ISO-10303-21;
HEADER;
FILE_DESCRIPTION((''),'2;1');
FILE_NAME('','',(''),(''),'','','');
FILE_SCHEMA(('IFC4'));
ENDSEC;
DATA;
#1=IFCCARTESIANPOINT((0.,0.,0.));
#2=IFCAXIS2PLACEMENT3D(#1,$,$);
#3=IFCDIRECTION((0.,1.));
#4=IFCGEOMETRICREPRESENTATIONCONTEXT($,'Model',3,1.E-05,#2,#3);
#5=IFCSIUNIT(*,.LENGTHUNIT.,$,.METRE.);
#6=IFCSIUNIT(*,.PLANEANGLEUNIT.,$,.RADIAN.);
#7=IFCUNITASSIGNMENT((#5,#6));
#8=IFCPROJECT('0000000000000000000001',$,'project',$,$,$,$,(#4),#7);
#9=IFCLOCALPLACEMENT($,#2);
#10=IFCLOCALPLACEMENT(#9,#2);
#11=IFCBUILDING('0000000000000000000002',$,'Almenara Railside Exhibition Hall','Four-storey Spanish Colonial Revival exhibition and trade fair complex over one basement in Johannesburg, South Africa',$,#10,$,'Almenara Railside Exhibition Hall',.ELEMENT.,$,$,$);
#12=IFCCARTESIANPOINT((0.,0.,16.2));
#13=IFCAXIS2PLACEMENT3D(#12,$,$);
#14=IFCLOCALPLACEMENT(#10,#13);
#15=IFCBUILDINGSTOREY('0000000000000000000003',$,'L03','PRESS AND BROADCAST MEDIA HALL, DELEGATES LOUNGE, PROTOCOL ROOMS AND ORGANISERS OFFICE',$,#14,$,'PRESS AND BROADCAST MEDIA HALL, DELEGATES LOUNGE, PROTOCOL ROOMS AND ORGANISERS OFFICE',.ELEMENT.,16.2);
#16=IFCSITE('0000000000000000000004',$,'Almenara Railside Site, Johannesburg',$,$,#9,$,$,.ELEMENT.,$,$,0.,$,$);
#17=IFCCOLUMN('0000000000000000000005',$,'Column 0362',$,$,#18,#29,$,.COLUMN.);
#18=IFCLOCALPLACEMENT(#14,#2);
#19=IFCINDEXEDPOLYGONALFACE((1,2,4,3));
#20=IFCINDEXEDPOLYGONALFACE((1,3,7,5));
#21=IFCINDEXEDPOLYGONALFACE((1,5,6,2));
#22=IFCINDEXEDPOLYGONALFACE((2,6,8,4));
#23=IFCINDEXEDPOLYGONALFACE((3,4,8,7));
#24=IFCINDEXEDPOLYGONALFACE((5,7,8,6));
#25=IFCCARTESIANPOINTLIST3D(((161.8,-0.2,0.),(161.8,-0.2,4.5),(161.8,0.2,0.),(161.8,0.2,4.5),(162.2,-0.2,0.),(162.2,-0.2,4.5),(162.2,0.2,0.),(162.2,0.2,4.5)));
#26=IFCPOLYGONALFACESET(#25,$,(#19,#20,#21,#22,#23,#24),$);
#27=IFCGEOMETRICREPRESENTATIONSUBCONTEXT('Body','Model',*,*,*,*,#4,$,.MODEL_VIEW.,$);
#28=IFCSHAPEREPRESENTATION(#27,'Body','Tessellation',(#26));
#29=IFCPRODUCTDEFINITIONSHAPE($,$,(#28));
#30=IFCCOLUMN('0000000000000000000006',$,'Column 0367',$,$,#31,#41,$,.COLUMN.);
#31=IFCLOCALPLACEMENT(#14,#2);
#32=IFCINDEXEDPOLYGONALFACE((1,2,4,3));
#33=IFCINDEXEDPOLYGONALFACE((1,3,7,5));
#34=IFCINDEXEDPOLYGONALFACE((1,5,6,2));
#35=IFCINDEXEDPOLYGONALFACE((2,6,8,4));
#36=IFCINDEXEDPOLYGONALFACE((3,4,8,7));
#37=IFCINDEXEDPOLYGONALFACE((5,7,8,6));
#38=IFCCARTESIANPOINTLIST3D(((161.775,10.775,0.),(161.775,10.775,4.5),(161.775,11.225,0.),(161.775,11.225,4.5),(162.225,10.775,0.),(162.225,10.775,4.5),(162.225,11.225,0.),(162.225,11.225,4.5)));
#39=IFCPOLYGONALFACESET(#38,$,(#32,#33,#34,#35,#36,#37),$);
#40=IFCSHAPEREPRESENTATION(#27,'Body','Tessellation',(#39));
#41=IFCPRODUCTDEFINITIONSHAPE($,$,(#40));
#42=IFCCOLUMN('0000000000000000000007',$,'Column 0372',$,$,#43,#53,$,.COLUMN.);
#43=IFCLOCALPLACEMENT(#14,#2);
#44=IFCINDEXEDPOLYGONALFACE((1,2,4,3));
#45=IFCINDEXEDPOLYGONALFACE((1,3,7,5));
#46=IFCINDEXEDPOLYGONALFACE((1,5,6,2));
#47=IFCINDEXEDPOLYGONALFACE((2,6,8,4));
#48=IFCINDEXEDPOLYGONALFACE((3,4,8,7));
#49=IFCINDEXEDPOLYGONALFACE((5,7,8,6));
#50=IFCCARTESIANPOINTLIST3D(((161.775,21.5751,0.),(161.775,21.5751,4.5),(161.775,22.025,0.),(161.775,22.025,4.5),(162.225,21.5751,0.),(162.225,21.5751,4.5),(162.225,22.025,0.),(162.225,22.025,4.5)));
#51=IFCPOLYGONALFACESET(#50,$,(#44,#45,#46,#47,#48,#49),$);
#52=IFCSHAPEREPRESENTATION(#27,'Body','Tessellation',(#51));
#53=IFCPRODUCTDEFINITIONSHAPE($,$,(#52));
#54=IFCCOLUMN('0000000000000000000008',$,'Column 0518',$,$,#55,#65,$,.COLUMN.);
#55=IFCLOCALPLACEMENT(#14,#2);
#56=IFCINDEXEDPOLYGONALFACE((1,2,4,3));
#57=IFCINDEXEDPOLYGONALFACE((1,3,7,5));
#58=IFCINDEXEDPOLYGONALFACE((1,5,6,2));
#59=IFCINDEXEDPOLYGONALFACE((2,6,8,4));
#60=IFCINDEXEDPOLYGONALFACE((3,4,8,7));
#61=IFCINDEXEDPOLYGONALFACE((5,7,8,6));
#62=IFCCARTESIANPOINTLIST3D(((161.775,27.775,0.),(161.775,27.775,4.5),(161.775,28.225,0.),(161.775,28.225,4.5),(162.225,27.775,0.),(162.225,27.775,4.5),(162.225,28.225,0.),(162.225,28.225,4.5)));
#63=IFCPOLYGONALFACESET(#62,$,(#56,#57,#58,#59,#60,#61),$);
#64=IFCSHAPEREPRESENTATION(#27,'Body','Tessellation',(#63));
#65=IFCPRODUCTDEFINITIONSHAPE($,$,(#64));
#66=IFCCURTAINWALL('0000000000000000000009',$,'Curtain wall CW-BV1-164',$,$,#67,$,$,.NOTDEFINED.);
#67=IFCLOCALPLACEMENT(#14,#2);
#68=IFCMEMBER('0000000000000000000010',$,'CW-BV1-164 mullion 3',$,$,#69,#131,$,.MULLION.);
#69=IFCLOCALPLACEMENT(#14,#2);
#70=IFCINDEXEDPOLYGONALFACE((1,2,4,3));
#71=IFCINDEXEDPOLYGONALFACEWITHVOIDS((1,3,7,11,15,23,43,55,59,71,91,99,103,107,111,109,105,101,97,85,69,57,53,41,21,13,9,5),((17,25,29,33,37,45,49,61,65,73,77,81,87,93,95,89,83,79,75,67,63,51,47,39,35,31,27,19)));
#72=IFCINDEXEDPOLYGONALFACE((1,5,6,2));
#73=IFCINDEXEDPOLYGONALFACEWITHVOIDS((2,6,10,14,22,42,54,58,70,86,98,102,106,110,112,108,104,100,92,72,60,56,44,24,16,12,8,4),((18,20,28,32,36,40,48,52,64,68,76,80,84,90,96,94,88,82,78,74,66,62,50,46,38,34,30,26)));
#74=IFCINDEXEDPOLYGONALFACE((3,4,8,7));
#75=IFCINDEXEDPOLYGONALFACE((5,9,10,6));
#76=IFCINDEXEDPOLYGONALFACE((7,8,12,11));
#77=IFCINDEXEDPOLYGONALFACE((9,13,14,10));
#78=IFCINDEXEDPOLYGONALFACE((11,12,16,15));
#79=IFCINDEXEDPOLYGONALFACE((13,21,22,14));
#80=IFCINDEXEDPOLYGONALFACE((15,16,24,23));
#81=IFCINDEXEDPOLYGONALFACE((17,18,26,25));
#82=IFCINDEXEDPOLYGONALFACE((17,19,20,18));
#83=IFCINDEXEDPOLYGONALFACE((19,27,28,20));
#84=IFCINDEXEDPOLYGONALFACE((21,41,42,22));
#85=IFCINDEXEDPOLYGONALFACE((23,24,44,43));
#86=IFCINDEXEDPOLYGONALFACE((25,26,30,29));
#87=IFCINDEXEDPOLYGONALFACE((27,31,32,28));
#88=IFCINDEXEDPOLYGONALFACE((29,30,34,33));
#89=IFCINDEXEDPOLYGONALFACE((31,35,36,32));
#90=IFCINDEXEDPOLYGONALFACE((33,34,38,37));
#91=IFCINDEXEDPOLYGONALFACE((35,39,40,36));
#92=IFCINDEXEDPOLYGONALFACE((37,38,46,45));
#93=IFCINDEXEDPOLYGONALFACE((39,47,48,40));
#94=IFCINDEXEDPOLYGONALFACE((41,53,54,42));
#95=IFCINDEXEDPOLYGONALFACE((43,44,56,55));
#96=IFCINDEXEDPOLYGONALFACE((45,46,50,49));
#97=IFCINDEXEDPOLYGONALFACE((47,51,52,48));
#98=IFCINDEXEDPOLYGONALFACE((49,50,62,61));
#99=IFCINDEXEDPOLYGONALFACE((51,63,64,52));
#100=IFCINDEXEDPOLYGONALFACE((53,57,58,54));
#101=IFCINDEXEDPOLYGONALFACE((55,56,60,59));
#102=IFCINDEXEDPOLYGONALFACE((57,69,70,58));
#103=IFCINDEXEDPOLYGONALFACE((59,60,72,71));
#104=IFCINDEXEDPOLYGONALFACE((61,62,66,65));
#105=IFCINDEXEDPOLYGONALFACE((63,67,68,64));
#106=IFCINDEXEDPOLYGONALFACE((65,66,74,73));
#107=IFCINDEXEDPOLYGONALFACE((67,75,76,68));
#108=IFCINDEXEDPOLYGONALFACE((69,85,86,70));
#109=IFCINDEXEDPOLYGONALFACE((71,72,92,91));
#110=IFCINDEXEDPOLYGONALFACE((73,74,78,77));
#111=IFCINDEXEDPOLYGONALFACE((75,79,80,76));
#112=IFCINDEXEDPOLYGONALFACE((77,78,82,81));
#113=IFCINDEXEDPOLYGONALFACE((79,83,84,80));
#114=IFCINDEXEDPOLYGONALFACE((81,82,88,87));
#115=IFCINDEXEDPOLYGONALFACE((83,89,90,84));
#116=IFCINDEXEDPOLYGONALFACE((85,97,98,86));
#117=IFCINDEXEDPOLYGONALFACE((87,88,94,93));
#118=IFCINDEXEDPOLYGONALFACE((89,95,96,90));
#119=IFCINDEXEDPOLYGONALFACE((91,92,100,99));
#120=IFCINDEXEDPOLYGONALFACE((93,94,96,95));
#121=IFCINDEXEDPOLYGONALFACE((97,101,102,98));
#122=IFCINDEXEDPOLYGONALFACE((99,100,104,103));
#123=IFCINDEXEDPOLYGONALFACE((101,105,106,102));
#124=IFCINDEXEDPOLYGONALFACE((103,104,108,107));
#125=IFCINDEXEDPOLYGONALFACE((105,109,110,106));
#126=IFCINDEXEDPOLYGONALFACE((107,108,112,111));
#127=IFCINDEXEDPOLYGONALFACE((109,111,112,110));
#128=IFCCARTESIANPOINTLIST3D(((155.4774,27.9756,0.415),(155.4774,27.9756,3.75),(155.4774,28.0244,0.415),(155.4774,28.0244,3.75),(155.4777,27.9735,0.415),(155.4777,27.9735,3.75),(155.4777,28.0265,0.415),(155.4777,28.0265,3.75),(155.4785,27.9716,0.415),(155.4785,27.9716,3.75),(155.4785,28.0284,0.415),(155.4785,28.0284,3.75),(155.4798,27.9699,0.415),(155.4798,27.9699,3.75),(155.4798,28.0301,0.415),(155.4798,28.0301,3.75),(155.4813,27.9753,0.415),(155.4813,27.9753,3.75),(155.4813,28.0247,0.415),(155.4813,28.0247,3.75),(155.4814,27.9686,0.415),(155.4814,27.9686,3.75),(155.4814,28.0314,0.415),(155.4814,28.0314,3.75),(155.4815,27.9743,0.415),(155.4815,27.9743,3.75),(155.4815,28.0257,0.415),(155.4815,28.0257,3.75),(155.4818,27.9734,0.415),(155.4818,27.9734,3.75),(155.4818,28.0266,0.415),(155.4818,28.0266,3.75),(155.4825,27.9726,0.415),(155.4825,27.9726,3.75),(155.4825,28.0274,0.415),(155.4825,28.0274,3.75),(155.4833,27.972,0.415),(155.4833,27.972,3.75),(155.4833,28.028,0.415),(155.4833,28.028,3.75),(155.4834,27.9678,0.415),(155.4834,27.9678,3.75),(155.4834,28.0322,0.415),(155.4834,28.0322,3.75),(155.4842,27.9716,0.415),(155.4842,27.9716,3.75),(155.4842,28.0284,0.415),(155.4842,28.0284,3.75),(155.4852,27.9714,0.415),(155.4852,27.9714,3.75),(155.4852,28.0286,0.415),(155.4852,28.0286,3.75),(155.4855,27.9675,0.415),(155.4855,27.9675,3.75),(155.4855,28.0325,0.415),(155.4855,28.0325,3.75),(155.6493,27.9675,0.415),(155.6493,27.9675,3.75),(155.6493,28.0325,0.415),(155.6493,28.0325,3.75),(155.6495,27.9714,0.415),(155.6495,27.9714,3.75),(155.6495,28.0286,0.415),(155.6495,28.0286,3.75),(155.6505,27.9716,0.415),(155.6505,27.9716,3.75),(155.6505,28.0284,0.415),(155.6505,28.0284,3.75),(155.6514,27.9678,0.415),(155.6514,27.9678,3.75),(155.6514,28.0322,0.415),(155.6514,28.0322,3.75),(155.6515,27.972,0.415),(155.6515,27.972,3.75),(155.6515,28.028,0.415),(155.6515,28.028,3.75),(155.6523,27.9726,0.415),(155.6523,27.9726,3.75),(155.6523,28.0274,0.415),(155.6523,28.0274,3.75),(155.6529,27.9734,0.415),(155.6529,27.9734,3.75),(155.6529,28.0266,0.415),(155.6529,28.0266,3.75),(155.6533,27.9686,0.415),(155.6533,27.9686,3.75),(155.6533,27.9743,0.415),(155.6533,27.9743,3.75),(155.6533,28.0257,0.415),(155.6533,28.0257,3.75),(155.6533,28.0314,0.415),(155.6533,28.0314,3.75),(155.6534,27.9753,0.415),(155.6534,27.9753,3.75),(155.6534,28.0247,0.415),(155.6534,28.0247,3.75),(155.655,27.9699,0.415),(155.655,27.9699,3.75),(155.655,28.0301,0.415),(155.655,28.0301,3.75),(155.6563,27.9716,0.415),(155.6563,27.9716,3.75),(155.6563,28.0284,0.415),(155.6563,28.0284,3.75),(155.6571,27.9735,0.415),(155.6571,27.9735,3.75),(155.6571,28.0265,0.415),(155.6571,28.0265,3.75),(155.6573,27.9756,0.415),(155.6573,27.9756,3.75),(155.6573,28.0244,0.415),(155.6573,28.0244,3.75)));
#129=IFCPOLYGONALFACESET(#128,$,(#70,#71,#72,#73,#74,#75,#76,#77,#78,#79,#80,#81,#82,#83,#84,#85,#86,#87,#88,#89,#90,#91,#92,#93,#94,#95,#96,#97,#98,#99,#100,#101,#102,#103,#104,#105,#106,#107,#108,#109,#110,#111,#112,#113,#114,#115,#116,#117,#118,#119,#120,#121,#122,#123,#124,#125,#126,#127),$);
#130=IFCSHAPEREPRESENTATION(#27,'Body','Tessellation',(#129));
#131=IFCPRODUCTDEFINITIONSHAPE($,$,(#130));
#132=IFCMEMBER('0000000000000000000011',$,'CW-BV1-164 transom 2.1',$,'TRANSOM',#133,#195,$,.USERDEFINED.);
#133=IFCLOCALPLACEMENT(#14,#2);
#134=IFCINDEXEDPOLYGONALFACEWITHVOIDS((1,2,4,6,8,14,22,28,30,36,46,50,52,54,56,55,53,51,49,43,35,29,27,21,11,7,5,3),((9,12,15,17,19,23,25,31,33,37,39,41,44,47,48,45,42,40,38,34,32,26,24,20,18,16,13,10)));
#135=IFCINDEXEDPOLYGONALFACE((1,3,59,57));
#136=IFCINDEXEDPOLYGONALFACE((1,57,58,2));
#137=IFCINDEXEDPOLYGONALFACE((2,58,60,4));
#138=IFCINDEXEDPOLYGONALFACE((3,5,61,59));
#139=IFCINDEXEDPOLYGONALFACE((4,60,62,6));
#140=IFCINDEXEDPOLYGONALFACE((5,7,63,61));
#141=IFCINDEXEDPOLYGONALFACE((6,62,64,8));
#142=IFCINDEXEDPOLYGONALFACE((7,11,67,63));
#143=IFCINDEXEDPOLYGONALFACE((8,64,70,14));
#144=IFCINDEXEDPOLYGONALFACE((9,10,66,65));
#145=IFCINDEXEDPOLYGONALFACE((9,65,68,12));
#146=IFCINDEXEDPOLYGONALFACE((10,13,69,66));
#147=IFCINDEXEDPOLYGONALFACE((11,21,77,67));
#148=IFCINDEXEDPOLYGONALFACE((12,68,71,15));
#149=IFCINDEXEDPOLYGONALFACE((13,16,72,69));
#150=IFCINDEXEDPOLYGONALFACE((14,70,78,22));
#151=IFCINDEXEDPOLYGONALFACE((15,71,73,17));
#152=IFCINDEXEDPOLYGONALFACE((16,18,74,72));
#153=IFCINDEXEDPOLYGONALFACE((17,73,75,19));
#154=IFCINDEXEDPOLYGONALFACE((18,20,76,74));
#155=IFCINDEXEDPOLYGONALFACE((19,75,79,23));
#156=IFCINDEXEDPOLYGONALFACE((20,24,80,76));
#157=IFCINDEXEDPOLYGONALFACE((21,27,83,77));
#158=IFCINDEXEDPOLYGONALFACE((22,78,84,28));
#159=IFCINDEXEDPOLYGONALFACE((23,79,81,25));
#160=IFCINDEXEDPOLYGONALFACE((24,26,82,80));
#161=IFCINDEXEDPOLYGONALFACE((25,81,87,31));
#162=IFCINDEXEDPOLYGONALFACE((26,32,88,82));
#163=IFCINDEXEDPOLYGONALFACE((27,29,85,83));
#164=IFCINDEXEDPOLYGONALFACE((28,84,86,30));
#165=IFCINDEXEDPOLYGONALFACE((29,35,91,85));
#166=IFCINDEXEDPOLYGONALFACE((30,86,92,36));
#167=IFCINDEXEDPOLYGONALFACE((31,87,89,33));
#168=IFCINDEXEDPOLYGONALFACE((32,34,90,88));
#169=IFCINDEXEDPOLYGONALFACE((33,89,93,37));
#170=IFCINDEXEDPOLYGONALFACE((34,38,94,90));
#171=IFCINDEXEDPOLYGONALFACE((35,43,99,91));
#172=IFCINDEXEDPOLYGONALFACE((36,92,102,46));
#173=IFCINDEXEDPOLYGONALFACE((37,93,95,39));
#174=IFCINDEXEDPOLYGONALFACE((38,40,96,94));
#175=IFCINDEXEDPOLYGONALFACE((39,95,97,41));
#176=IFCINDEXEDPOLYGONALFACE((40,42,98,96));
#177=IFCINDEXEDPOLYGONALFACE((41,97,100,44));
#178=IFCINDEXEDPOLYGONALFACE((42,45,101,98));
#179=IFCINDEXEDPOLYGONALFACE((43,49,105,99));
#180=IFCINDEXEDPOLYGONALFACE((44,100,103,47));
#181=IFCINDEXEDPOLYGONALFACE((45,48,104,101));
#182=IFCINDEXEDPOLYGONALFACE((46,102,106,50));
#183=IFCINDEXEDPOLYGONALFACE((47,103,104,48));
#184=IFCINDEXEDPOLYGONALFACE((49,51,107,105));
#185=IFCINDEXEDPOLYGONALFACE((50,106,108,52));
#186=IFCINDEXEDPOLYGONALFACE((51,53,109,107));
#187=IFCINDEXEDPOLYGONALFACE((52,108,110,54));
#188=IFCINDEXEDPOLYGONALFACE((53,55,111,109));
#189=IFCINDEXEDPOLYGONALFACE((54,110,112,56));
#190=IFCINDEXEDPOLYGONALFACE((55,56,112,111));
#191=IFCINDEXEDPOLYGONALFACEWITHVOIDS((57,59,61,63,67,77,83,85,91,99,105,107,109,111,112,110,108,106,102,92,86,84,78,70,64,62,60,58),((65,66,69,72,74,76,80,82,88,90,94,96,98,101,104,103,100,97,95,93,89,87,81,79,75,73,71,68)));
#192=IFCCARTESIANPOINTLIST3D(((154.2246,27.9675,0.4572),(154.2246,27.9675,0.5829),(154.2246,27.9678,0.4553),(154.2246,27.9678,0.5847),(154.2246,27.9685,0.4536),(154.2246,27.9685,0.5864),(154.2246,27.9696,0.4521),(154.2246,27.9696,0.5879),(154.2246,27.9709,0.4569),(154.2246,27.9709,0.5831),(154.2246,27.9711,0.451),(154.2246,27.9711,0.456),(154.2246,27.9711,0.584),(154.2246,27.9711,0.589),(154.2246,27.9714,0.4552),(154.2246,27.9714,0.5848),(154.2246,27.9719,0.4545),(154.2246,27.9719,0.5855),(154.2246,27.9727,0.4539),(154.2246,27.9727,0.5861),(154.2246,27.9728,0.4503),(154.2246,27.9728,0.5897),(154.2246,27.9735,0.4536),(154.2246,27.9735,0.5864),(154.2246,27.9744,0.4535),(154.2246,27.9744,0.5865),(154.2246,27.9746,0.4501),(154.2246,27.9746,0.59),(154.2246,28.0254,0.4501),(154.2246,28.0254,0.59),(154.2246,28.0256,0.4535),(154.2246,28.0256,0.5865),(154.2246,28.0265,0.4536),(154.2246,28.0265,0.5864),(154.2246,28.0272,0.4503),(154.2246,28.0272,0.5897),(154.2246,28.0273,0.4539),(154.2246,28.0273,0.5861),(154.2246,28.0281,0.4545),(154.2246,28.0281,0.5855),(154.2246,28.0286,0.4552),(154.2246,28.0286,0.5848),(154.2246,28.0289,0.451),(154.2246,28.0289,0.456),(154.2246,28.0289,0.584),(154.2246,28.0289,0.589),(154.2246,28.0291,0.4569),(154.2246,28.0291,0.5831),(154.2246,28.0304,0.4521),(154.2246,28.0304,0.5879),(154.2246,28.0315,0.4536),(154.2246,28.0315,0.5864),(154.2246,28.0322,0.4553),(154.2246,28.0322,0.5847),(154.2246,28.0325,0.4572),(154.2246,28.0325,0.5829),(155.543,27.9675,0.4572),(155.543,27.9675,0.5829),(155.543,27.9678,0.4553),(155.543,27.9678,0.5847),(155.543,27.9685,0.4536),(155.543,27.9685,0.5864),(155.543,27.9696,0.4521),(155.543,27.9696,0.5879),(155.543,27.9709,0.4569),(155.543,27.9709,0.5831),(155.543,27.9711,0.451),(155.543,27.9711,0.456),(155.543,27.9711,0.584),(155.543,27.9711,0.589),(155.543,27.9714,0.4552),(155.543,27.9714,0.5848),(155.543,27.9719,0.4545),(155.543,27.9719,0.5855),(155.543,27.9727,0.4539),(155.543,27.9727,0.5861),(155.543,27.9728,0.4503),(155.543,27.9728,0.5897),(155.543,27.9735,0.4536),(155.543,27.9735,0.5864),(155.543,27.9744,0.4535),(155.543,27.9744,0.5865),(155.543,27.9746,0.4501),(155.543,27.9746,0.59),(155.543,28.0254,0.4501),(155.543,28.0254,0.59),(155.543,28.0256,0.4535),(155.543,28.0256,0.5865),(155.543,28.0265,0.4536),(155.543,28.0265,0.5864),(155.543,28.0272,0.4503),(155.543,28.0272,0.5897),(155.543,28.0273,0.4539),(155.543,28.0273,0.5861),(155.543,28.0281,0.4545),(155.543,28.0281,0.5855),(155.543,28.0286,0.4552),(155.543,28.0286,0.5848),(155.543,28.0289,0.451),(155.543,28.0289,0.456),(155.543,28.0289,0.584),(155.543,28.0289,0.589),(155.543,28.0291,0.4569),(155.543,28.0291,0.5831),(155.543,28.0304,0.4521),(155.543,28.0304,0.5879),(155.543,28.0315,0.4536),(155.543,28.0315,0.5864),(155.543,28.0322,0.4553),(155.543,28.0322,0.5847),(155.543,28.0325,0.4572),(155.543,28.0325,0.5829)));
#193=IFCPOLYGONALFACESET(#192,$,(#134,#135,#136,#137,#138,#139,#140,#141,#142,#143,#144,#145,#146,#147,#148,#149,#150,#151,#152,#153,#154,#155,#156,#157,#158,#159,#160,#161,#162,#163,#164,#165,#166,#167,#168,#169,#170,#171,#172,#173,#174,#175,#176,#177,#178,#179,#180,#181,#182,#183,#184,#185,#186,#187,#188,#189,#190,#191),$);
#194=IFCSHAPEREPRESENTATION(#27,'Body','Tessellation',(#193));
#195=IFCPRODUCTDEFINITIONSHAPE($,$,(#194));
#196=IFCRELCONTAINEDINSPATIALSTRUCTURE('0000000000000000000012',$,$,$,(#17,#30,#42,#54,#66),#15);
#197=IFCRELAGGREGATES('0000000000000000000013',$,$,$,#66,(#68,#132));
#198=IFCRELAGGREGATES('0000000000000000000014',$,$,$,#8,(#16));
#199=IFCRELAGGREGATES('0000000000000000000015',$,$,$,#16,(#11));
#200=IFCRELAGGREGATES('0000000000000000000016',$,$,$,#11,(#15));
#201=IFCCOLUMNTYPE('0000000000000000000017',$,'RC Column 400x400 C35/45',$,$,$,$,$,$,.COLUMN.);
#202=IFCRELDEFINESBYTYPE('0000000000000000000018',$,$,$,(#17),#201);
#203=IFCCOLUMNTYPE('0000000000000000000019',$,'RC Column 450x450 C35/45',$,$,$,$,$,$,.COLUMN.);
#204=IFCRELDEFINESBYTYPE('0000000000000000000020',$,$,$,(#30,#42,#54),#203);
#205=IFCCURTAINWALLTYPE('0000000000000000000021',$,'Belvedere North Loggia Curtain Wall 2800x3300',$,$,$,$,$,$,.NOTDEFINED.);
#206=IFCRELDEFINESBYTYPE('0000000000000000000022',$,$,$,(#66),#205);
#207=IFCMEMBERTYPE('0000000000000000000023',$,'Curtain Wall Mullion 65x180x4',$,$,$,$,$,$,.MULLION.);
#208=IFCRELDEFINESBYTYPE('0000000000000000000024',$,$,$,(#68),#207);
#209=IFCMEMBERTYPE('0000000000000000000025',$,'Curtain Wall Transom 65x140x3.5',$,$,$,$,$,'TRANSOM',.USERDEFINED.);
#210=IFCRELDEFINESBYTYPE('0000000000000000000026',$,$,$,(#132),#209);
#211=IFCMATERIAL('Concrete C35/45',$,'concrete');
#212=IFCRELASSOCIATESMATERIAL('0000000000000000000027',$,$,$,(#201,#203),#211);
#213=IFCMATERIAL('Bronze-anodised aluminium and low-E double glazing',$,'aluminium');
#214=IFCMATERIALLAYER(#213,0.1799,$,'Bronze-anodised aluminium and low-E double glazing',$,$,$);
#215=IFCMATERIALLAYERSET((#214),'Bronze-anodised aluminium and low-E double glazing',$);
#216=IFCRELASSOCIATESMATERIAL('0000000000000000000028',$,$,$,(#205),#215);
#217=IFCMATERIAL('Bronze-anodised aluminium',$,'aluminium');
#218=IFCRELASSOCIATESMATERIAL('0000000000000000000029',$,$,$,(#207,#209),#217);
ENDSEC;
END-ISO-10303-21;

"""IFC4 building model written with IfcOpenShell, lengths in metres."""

from ifc_helpers import new_model, si_unit, direction, frame, origin, origin_2d, place, context, subcontext, project, spatial, rectangle, hollow_rectangle, extrude, material, layer, layer_set, material_profile, profile_set, type_object, element, aggregate, save


model = new_model("IFC4")

# Units and contexts
model_context = context("Model", 3, precision=1e-05, world=origin(), true_north=direction((0.0, 1.0)))
body_context = subcontext(model_context, "Body", "Model", "MODEL_VIEW")
ifc_project = project(units=[si_unit("LENGTHUNIT", "METRE"), si_unit("PLANEANGLEUNIT", "RADIAN")], contexts=[model_context])

# Site, building, storey
site_placement = place(None, origin())
site = spatial("IfcSite", under=ifc_project, at=site_placement, Name="Almenara Railside Site, Johannesburg", CompositionType="ELEMENT", RefElevation=0.0)
building_placement = place(site_placement, origin())
building = spatial("IfcBuilding", under=site, at=building_placement, Name="Almenara Railside Exhibition Hall", Description="Four-storey Spanish Colonial Revival exhibition and trade fair complex over one basement in Johannesburg, South Africa", LongName="Almenara Railside Exhibition Hall", CompositionType="ELEMENT")
storey_placement = place(building_placement, frame((0.0, 0.0, 16.2)))
storey = spatial("IfcBuildingStorey", under=building, at=storey_placement, Name="L03", Description="PRESS AND BROADCAST MEDIA HALL, DELEGATES LOUNGE, PROTOCOL ROOMS AND ORGANISERS OFFICE", LongName="PRESS AND BROADCAST MEDIA HALL, DELEGATES LOUNGE, PROTOCOL ROOMS AND ORGANISERS OFFICE", CompositionType="ELEMENT", Elevation=16.2)

# Columns
ifc_material_1 = material(Name="Concrete C35/45", Category="concrete")
ifc_material_profile_1 = material_profile(ifc_material_1, rectangle(XDim=0.3999, YDim=0.3999, at=origin_2d()), Name="RC 400x400")
ifc_profile_set_1 = profile_set([ifc_material_profile_1], Name="Concrete C35/45")
column_type_1 = type_object("IfcColumnType", Name="RC Column 400x400 C35/45", PredefinedType="COLUMN", material=ifc_profile_set_1)
column_placement = place(storey_placement, frame((162.0, 0.0, 0.0), z_axis=(0.0, 0.0, 1.0), x_axis=(1.0, 0.0, 0.0)))
element("IfcColumn", 1, at=column_placement, inside=storey, type_object=column_type_1, Name="Column 0362", PredefinedType="COLUMN", context=body_context, shape_type="SweptSolid", body=[
    extrude(rectangle(XDim=0.3999, YDim=0.3999, at=origin_2d()), origin(), (0.0, 0.0, 1.0), 4.5),
])
ifc_material_profile_2 = material_profile(ifc_material_1, rectangle(XDim=0.45, YDim=0.45, at=origin_2d()), Name="RC 450x450")
ifc_profile_set_2 = profile_set([ifc_material_profile_2], Name="Concrete C35/45")
column_type_2 = type_object("IfcColumnType", Name="RC Column 450x450 C35/45", PredefinedType="COLUMN", material=ifc_profile_set_2)
for number, where, z_axis, x_axis, name in (
    (2, (162.0, 11.0, 0.0), (0.0, 0.0, 1.0), (1.0, 0.0, 0.0), "Column 0367"),
    (3, (162.0, 21.8, 0.0), (0.0, 0.0, 1.0), (1.0, 0.0, 0.0), "Column 0372"),
    (4, (162.0, 28.0, 0.0), (0.0, 0.0, 1.0), (1.0, 0.0, 0.0), "Column 0518"),
):
    element("IfcColumn", number, at=place(storey_placement, frame(where, z_axis=z_axis, x_axis=x_axis)), inside=storey, type_object=column_type_2, Name=name, PredefinedType="COLUMN", context=body_context, shape_type="SweptSolid", body=[
        extrude(rectangle(XDim=0.45, YDim=0.45, at=origin_2d()), origin(), (0.0, 0.0, 1.0), 4.5),
    ])

# Curtain wall, members
ifc_material_2 = material(Name="Bronze-anodised aluminium and low-E double glazing", Category="aluminium")
ifc_layer_1 = layer(ifc_material_2, 0.1799, Name="Bronze-anodised aluminium and low-E double glazing")
ifc_layer_set_1 = layer_set([ifc_layer_1], Name="Bronze-anodised aluminium and low-E double glazing")
curtain_wall_type = type_object("IfcCurtainWallType", Name="Belvedere North Loggia Curtain Wall 2800x3300", PredefinedType="NOTDEFINED", material=ifc_layer_set_1)
curtain_wall_placement = place(storey_placement, origin())
curtain_wall = element("IfcCurtainWall", 5, at=curtain_wall_placement, inside=storey, type_object=curtain_wall_type, Name="Curtain wall CW-BV1-164", PredefinedType="NOTDEFINED")
ifc_material_3 = material(Name="Bronze-anodised aluminium", Category="aluminium")
ifc_material_profile_3 = material_profile(ifc_material_3, hollow_rectangle(XDim=0.0649, YDim=0.1799, WallThickness=0.0039, InnerFilletRadius=0.0039, OuterFilletRadius=0.0081, at=origin_2d()), Name="ALU-MUL 65x180x4")
ifc_profile_set_3 = profile_set([ifc_material_profile_3], Name="Bronze-anodised aluminium")
member_type_1 = type_object("IfcMemberType", Name="Curtain Wall Mullion 65x180x4", PredefinedType="MULLION", material=ifc_profile_set_3)
member_1_placement = place(storey_placement, frame((155.5674, 28.0, 0.415), z_axis=(0.0, 0.0, 1.0), x_axis=(0.0, 1.0, 0.0)))
member_1 = element("IfcMember", 6, at=member_1_placement, type_object=member_type_1, Name="CW-BV1-164 mullion 3", PredefinedType="MULLION", context=body_context, shape_type="SweptSolid", body=[
    extrude(hollow_rectangle(XDim=0.0649, YDim=0.1799, WallThickness=0.0039, InnerFilletRadius=0.0039, OuterFilletRadius=0.0081, at=origin_2d()), origin(), (0.0, 0.0, 1.0), 3.335),
])
ifc_material_profile_4 = material_profile(ifc_material_3, hollow_rectangle(XDim=0.0649, YDim=0.1399, WallThickness=0.0034, InnerFilletRadius=0.0034, OuterFilletRadius=0.0071, at=origin_2d()), Name="ALU-TRN 65x140x3.5")
ifc_profile_set_4 = profile_set([ifc_material_profile_4], Name="Bronze-anodised aluminium")
member_type_2 = type_object("IfcMemberType", Name="Curtain Wall Transom 65x140x3.5", ElementType="TRANSOM", PredefinedType="USERDEFINED", material=ifc_profile_set_4)
member_2_placement = place(storey_placement, frame((154.2246, 28.0, 0.52), z_axis=(1.0, 0.0, 0.0), x_axis=(0.0, 1.0, 0.0)))
member_2 = element("IfcMember", 7, at=member_2_placement, type_object=member_type_2, Name="CW-BV1-164 transom 2.1", ObjectType="TRANSOM", PredefinedType="USERDEFINED", context=body_context, shape_type="SweptSolid", body=[
    extrude(hollow_rectangle(XDim=0.0649, YDim=0.1399, WallThickness=0.0034, InnerFilletRadius=0.0034, OuterFilletRadius=0.0071, at=origin_2d()), origin(), (0.0, 0.0, 1.0), 1.3184),
])

aggregate(curtain_wall, [member_1, member_2])

save(model, "model.ifc")
